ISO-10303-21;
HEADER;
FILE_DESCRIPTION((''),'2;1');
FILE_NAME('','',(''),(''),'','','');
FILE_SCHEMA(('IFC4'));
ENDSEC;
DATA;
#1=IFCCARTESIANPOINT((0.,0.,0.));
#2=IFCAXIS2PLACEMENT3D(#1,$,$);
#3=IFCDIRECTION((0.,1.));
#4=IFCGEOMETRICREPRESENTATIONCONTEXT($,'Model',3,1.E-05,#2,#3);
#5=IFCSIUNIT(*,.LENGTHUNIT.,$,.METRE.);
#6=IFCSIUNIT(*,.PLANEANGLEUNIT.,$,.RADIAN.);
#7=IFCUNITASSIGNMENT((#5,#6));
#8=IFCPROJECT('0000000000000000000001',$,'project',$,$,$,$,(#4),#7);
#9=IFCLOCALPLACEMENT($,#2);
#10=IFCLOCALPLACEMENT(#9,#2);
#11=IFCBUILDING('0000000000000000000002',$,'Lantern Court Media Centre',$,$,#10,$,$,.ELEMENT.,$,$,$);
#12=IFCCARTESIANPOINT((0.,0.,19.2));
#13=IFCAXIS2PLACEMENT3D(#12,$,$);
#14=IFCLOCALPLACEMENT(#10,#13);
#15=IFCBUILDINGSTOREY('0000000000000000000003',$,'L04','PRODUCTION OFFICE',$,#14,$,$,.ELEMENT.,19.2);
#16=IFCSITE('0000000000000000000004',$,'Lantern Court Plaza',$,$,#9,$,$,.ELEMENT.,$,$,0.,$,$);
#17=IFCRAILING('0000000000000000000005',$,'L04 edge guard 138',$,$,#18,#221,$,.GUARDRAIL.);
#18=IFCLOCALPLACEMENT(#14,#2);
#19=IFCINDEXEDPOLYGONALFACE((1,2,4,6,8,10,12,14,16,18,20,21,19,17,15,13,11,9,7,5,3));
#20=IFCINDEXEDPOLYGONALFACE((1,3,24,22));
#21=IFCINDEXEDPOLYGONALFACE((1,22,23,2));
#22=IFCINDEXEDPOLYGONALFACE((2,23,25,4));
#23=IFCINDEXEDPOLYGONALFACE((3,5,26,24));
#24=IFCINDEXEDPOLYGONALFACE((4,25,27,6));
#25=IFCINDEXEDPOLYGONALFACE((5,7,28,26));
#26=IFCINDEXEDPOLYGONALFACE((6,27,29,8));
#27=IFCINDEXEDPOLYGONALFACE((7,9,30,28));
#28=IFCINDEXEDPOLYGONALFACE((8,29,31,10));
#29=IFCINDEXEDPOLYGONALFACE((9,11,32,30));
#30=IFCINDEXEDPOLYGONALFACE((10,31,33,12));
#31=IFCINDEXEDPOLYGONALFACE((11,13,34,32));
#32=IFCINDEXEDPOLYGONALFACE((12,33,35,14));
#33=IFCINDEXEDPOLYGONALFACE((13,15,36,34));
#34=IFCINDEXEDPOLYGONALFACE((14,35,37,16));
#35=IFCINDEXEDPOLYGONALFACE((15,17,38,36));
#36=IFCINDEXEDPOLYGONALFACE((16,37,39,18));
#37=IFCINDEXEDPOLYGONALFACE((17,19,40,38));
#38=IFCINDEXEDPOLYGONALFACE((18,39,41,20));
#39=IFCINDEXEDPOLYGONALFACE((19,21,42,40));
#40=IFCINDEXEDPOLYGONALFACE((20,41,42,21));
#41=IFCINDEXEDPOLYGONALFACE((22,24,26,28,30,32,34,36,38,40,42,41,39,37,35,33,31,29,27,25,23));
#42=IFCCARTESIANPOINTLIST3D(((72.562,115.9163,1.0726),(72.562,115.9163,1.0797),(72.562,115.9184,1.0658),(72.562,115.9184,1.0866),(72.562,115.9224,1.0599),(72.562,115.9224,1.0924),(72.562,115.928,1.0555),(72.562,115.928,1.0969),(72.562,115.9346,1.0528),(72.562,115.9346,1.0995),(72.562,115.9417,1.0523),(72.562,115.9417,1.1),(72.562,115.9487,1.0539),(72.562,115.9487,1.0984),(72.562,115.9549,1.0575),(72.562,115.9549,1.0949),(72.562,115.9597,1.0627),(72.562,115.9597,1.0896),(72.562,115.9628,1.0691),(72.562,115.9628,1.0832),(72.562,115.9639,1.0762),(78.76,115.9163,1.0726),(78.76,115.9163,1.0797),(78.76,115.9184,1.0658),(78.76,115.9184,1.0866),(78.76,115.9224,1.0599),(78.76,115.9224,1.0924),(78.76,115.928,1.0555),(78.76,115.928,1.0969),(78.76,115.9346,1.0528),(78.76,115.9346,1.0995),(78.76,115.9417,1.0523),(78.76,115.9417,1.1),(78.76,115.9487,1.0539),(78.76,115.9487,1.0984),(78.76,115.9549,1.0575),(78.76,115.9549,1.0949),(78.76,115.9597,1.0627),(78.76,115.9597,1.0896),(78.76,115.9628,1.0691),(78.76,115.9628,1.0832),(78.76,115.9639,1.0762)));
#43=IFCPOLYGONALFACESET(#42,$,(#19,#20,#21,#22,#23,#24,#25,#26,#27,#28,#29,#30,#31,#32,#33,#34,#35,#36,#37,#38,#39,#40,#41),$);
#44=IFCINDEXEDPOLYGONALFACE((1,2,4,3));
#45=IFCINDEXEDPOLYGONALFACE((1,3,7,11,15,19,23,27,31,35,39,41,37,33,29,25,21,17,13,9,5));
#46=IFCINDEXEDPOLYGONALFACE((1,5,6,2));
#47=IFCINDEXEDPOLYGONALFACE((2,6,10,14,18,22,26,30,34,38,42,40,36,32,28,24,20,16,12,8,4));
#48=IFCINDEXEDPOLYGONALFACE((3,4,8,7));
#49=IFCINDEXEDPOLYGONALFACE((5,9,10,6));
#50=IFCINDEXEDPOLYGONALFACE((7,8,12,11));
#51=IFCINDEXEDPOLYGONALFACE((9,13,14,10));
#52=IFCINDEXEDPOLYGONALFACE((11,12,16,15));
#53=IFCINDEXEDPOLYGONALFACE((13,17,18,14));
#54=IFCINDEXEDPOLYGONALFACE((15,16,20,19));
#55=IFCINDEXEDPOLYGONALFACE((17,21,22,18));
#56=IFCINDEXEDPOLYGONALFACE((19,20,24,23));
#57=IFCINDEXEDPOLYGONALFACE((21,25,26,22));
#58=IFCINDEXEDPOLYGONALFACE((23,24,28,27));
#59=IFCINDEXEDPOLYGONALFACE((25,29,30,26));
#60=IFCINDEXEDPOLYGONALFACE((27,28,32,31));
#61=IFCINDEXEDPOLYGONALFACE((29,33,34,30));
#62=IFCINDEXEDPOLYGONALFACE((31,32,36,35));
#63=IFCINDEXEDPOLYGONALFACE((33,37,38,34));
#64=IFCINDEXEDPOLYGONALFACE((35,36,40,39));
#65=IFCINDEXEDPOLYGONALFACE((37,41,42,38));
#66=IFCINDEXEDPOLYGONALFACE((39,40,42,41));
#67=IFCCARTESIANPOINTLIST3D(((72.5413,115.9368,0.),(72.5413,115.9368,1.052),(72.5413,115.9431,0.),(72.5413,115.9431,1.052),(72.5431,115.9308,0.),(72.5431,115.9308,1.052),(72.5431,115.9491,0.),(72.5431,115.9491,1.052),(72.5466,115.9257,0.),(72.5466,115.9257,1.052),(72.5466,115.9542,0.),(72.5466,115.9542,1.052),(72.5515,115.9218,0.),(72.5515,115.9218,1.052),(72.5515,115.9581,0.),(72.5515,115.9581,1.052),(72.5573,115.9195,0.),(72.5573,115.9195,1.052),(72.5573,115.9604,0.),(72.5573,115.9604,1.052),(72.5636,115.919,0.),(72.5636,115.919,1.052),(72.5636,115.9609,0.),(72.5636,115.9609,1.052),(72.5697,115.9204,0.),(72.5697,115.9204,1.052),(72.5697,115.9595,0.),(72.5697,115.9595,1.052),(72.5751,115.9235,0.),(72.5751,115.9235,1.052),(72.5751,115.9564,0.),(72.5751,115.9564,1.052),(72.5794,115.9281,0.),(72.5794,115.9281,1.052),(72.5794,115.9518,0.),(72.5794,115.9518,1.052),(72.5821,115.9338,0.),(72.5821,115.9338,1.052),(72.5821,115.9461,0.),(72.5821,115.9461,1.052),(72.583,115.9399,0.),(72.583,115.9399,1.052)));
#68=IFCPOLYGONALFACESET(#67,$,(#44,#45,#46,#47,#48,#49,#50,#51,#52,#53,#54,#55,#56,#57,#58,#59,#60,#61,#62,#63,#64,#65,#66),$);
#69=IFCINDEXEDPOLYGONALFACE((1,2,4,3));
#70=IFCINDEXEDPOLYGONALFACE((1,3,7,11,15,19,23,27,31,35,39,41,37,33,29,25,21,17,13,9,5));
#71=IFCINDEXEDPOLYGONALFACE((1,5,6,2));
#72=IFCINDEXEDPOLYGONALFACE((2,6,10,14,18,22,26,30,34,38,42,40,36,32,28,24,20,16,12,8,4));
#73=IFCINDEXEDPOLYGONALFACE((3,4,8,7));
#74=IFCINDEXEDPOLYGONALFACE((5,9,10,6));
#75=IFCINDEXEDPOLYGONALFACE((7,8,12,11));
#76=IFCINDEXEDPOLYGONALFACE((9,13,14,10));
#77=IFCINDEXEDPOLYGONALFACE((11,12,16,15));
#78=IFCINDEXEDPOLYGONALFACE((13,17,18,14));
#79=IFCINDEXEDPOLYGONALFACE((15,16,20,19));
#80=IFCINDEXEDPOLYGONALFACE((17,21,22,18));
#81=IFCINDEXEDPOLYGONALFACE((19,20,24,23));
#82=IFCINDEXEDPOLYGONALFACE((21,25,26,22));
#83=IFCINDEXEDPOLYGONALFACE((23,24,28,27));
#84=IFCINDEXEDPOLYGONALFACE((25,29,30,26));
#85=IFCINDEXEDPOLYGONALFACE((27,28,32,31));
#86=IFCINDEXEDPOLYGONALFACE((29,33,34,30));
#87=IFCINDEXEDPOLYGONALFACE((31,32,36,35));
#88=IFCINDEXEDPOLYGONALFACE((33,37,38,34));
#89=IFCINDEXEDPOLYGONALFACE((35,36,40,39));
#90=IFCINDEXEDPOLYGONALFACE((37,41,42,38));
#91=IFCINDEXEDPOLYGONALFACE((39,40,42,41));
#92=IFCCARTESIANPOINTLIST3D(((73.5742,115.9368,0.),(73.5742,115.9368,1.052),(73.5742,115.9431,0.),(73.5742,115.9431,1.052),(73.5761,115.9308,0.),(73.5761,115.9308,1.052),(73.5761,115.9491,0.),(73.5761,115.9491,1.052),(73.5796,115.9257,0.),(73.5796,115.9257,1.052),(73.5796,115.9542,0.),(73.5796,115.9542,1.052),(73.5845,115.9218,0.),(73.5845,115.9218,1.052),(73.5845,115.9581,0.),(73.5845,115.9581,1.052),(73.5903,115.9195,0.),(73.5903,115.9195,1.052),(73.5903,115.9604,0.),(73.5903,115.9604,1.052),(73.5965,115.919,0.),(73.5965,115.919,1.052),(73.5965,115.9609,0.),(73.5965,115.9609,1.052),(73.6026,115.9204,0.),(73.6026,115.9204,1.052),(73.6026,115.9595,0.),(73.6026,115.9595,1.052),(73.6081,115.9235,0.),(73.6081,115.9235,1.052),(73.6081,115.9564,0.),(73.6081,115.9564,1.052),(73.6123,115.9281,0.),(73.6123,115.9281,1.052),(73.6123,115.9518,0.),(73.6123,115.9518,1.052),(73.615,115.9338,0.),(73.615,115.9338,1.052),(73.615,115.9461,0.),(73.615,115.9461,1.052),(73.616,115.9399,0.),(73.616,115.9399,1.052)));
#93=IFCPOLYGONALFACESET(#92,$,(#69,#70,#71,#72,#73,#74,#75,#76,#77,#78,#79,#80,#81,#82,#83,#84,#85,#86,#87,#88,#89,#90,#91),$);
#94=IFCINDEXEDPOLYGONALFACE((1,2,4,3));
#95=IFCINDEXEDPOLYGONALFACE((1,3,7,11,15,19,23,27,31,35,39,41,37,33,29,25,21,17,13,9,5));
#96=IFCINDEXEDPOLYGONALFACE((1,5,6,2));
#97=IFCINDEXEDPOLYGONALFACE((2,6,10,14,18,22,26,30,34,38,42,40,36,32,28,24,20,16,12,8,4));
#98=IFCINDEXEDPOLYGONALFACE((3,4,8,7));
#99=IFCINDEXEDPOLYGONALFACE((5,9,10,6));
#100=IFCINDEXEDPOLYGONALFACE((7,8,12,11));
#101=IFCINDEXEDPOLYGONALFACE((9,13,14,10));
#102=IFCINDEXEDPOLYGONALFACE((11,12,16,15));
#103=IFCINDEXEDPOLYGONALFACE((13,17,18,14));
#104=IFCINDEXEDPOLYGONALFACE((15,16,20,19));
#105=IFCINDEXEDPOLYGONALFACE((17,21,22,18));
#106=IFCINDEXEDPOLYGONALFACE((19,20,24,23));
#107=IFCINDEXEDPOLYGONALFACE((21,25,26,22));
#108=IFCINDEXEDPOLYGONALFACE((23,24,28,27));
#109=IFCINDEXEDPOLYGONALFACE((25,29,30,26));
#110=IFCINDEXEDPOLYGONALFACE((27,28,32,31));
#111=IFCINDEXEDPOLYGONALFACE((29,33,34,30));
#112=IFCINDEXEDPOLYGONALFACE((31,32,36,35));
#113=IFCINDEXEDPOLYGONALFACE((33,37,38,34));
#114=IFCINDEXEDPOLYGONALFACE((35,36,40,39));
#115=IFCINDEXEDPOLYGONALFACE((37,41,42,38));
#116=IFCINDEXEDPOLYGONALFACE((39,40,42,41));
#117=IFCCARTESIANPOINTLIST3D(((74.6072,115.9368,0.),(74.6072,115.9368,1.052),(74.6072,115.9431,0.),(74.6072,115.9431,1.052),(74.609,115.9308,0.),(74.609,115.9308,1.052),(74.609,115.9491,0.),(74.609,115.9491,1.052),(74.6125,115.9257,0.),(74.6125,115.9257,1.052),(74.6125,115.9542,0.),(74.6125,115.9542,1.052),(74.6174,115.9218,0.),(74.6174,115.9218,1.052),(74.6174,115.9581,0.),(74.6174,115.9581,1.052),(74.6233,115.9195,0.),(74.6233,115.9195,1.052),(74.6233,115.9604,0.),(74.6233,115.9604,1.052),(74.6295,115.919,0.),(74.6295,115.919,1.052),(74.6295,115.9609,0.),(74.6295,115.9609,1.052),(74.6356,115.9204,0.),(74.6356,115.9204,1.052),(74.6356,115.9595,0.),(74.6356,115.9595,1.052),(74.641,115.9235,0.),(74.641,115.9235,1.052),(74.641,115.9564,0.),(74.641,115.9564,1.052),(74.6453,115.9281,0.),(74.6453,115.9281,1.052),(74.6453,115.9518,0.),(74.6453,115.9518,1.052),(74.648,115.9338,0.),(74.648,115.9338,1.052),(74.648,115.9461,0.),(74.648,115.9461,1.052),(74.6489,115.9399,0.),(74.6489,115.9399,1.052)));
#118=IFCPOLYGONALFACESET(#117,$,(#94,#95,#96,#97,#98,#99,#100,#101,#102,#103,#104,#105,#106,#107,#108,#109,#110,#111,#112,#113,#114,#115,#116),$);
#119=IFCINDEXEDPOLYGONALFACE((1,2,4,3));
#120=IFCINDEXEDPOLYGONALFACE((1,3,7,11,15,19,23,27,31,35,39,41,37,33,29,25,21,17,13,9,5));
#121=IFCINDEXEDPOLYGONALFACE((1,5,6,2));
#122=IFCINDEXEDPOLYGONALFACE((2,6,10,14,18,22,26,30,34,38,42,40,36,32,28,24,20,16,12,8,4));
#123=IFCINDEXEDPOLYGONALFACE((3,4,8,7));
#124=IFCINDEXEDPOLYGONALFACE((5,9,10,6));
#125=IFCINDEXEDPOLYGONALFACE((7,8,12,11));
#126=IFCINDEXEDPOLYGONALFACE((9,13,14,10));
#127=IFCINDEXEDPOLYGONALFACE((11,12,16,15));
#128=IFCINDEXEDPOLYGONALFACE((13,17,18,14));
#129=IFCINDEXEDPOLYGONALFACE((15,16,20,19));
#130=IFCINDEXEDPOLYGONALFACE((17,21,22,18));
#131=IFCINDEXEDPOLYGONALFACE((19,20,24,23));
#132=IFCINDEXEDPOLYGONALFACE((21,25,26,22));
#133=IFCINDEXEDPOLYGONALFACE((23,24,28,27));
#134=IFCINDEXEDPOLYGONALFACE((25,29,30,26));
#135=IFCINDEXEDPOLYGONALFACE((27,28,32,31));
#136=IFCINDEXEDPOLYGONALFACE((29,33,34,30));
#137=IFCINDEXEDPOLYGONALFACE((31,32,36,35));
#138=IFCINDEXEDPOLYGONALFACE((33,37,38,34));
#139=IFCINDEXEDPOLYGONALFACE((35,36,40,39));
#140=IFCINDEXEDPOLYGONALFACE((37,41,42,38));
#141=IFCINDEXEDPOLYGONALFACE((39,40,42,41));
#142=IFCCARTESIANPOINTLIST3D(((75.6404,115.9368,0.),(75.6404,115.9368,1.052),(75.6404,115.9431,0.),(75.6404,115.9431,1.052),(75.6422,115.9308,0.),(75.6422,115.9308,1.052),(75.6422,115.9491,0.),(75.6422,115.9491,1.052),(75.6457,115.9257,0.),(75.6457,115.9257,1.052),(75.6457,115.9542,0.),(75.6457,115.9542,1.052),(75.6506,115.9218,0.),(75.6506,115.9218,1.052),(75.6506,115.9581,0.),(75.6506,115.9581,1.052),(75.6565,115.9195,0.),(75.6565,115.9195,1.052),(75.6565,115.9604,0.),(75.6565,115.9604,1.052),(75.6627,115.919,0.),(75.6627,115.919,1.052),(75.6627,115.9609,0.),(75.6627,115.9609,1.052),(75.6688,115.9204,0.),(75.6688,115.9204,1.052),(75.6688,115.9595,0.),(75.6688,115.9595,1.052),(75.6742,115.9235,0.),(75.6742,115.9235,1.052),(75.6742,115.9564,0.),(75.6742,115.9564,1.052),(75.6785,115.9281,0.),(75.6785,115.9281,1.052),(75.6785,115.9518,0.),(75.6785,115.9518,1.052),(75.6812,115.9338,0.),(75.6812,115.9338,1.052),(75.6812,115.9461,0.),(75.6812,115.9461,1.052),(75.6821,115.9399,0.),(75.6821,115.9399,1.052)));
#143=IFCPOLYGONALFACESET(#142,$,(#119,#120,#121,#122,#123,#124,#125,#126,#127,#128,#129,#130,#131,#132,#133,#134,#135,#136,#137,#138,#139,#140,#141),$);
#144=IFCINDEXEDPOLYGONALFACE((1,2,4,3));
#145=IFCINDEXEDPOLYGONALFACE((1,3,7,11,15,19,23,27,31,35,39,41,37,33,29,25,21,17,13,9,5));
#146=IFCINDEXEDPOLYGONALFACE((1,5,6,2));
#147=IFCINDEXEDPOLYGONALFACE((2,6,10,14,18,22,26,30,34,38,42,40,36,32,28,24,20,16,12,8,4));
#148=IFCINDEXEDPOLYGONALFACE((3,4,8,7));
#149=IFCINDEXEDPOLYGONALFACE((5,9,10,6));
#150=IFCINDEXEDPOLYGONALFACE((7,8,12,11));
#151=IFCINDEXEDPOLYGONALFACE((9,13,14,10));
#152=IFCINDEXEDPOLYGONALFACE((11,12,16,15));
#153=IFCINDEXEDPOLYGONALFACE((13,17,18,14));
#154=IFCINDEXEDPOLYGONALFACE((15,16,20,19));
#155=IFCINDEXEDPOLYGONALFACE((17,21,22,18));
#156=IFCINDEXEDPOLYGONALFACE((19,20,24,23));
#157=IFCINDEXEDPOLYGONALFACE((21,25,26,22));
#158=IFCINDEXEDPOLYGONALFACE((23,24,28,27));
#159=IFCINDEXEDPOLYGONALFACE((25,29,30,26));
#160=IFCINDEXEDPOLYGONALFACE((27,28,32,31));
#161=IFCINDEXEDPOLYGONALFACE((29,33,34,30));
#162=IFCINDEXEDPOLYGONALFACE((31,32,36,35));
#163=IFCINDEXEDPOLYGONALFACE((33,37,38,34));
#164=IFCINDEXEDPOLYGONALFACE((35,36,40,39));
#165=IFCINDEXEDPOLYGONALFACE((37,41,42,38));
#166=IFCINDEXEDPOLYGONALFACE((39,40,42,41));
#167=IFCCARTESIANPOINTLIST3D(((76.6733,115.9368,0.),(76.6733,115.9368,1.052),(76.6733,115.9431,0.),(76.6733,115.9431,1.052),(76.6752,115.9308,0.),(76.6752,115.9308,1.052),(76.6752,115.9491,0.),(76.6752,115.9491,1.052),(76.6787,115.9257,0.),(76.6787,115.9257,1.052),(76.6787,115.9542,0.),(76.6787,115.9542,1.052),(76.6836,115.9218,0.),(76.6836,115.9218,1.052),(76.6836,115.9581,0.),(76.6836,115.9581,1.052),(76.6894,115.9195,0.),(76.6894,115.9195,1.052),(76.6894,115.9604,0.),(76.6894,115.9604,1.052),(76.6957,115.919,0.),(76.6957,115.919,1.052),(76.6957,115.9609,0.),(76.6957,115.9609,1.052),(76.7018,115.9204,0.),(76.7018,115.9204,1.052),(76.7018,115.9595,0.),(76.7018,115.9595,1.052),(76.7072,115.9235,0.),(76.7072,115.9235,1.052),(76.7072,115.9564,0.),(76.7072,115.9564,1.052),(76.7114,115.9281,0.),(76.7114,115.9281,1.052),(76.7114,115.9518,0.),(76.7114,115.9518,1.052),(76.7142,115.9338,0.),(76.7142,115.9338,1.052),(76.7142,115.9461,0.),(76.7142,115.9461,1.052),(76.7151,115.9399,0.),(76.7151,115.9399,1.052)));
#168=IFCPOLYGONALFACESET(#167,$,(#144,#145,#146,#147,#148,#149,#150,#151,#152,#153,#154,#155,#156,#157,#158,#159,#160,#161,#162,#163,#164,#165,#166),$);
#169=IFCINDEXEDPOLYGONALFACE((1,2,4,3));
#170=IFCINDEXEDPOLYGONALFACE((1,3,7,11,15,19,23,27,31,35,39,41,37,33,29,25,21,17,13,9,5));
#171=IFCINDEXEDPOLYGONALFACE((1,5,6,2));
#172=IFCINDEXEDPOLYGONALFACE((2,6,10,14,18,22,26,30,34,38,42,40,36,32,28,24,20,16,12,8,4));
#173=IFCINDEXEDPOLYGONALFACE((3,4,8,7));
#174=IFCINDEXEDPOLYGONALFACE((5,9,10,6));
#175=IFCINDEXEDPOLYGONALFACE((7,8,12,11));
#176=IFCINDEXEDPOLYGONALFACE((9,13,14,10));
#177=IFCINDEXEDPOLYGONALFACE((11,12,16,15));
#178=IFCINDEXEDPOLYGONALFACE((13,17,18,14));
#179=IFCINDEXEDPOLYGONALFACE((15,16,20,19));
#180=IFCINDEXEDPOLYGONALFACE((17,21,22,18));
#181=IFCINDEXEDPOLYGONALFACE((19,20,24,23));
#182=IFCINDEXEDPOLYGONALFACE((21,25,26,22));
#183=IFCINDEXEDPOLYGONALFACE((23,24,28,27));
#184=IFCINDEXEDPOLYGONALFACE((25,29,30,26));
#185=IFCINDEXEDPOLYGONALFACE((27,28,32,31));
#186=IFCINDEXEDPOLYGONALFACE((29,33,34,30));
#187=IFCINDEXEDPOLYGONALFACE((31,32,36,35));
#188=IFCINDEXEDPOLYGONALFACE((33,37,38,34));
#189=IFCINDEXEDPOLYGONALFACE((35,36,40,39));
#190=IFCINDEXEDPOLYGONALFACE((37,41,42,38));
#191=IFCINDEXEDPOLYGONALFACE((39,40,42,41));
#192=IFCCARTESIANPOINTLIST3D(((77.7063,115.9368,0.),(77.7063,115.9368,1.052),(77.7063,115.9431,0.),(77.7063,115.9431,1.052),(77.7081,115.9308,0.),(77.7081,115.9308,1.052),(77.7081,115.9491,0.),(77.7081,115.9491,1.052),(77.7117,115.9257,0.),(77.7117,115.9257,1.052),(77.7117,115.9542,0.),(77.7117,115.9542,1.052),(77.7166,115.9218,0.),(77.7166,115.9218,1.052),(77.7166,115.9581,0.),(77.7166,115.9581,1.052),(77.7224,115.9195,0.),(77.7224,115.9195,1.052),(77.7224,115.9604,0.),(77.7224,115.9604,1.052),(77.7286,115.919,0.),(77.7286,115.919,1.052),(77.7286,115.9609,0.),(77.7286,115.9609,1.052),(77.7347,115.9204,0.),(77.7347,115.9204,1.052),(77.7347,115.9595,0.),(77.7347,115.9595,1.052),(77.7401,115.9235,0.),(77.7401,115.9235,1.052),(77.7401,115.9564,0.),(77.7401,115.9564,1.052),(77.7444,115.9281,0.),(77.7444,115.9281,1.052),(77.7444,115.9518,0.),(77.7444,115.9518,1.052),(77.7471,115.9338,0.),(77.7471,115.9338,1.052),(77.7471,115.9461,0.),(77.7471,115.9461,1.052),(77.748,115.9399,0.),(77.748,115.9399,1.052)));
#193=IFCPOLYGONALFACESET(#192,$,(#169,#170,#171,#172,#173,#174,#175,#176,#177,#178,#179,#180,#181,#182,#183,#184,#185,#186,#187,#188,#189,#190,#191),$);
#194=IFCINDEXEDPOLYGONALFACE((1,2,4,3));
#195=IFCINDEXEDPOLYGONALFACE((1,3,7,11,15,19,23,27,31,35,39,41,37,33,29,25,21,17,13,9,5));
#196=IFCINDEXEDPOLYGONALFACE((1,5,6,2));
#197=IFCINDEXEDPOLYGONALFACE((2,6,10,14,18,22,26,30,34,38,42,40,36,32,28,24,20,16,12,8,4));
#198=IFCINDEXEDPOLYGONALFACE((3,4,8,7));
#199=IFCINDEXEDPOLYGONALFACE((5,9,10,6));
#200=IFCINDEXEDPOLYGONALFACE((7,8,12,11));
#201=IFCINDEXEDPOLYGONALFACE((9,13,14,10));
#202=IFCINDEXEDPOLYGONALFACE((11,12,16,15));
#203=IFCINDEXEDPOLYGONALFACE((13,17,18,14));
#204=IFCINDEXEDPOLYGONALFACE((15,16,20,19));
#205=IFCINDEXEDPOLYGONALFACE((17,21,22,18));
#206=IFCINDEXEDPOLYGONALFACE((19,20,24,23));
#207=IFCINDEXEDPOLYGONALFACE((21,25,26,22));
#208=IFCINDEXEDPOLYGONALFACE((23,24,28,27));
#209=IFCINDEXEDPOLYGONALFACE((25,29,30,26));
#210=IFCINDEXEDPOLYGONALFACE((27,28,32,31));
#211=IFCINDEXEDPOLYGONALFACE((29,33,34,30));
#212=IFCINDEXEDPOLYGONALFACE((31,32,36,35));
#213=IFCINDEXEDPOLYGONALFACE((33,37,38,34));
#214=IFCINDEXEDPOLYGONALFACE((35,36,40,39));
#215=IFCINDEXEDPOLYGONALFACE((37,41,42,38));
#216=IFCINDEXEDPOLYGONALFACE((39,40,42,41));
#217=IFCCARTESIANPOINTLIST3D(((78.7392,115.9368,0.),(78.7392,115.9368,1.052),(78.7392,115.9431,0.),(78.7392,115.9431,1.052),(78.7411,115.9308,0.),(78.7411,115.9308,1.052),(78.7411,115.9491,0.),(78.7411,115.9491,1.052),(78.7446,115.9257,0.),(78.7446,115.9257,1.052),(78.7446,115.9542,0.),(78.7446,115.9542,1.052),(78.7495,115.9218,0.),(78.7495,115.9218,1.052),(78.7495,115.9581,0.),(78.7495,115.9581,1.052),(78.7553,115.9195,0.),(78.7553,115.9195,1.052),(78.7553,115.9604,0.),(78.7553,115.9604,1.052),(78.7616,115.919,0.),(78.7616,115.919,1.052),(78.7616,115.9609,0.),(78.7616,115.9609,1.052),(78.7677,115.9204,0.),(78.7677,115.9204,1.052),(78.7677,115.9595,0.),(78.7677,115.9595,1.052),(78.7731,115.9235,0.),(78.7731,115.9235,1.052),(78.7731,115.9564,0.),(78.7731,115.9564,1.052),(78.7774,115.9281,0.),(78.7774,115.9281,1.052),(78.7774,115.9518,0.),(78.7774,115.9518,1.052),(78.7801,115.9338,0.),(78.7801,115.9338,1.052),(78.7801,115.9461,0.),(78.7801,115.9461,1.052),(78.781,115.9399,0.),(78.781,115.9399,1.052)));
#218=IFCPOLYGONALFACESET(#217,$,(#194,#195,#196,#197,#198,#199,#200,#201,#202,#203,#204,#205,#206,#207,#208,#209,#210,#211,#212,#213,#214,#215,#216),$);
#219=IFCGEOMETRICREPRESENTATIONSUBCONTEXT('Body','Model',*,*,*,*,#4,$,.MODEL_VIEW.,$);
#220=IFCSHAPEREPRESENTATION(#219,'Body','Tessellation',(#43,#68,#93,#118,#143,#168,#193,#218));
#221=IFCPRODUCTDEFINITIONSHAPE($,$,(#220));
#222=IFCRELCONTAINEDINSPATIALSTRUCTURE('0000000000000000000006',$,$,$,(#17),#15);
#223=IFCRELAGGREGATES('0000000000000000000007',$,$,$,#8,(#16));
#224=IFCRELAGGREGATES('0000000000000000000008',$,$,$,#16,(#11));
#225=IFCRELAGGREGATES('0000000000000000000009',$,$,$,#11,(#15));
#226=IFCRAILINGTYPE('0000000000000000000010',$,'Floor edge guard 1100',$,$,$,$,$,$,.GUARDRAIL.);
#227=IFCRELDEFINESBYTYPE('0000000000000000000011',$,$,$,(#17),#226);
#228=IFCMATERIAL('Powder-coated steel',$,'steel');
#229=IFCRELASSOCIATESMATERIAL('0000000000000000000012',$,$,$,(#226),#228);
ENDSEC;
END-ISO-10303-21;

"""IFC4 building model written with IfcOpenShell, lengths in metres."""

from ifc_helpers import new_model, si_unit, direction, frame, origin, origin_2d, place, context, subcontext, project, spatial, circle, extrude, material, type_object, element, save


model = new_model("IFC4")

# Units and contexts
model_context = context("Model", 3, precision=1e-05, world=origin(), true_north=direction((0.0, 1.0)))
body_context = subcontext(model_context, "Body", "Model", "MODEL_VIEW")
ifc_project = project(units=[si_unit("LENGTHUNIT", "METRE"), si_unit("PLANEANGLEUNIT", "RADIAN")], contexts=[model_context])

# Site, building, storey
site_placement = place(None, origin())
site = spatial("IfcSite", under=ifc_project, at=site_placement, Name="Lantern Court Plaza", CompositionType="ELEMENT", RefElevation=0.0)
building_placement = place(site_placement, origin())
building = spatial("IfcBuilding", under=site, at=building_placement, Name="Lantern Court Media Centre", CompositionType="ELEMENT")
storey_placement = place(building_placement, frame((0.0, 0.0, 19.2)))
storey = spatial("IfcBuildingStorey", under=building, at=storey_placement, Name="L04", Description="PRODUCTION OFFICE", CompositionType="ELEMENT", Elevation=19.2)

# Railing
ifc_material_1 = material(Name="Powder-coated steel", Category="steel")
railing_type = type_object("IfcRailingType", Name="Floor edge guard 1100", PredefinedType="GUARDRAIL", material=ifc_material_1)
railing_placement = place(storey_placement, frame((72.562, 115.9399, 0.0)))
element("IfcRailing", 1, at=railing_placement, inside=storey, type_object=railing_type, Name="L04 edge guard 138", PredefinedType="GUARDRAIL", context=body_context, shape_type="SweptSolid", body=[
    extrude(circle(Radius=0.0239, at=origin_2d()), frame((0.0, 0.0, 1.0762), z_axis=(1.0, 0.0, 0.0), x_axis=(0.0, 1.0, 0.0)), (0.0, 0.0, 1.0), 6.198),
    extrude(circle(Radius=0.021, at=origin_2d()), origin(), (0.0, 0.0, 1.0), 1.052),
    extrude(circle(Radius=0.021, at=origin_2d()), frame((1.033, 0.0, 0.0)), (0.0, 0.0, 1.0), 1.052),
    extrude(circle(Radius=0.021, at=origin_2d()), frame((2.0659, 0.0, 0.0)), (0.0, 0.0, 1.0), 1.052),
    extrude(circle(Radius=0.021, at=origin_2d()), frame((3.0991, 0.0, 0.0)), (0.0, 0.0, 1.0), 1.052),
    extrude(circle(Radius=0.021, at=origin_2d()), frame((4.1321, 0.0, 0.0)), (0.0, 0.0, 1.0), 1.052),
    extrude(circle(Radius=0.021, at=origin_2d()), frame((5.165, 0.0, 0.0)), (0.0, 0.0, 1.0), 1.052),
    extrude(circle(Radius=0.021, at=origin_2d()), frame((6.198, 0.0, 0.0)), (0.0, 0.0, 1.0), 1.052),
])

save(model, "model.ifc")
